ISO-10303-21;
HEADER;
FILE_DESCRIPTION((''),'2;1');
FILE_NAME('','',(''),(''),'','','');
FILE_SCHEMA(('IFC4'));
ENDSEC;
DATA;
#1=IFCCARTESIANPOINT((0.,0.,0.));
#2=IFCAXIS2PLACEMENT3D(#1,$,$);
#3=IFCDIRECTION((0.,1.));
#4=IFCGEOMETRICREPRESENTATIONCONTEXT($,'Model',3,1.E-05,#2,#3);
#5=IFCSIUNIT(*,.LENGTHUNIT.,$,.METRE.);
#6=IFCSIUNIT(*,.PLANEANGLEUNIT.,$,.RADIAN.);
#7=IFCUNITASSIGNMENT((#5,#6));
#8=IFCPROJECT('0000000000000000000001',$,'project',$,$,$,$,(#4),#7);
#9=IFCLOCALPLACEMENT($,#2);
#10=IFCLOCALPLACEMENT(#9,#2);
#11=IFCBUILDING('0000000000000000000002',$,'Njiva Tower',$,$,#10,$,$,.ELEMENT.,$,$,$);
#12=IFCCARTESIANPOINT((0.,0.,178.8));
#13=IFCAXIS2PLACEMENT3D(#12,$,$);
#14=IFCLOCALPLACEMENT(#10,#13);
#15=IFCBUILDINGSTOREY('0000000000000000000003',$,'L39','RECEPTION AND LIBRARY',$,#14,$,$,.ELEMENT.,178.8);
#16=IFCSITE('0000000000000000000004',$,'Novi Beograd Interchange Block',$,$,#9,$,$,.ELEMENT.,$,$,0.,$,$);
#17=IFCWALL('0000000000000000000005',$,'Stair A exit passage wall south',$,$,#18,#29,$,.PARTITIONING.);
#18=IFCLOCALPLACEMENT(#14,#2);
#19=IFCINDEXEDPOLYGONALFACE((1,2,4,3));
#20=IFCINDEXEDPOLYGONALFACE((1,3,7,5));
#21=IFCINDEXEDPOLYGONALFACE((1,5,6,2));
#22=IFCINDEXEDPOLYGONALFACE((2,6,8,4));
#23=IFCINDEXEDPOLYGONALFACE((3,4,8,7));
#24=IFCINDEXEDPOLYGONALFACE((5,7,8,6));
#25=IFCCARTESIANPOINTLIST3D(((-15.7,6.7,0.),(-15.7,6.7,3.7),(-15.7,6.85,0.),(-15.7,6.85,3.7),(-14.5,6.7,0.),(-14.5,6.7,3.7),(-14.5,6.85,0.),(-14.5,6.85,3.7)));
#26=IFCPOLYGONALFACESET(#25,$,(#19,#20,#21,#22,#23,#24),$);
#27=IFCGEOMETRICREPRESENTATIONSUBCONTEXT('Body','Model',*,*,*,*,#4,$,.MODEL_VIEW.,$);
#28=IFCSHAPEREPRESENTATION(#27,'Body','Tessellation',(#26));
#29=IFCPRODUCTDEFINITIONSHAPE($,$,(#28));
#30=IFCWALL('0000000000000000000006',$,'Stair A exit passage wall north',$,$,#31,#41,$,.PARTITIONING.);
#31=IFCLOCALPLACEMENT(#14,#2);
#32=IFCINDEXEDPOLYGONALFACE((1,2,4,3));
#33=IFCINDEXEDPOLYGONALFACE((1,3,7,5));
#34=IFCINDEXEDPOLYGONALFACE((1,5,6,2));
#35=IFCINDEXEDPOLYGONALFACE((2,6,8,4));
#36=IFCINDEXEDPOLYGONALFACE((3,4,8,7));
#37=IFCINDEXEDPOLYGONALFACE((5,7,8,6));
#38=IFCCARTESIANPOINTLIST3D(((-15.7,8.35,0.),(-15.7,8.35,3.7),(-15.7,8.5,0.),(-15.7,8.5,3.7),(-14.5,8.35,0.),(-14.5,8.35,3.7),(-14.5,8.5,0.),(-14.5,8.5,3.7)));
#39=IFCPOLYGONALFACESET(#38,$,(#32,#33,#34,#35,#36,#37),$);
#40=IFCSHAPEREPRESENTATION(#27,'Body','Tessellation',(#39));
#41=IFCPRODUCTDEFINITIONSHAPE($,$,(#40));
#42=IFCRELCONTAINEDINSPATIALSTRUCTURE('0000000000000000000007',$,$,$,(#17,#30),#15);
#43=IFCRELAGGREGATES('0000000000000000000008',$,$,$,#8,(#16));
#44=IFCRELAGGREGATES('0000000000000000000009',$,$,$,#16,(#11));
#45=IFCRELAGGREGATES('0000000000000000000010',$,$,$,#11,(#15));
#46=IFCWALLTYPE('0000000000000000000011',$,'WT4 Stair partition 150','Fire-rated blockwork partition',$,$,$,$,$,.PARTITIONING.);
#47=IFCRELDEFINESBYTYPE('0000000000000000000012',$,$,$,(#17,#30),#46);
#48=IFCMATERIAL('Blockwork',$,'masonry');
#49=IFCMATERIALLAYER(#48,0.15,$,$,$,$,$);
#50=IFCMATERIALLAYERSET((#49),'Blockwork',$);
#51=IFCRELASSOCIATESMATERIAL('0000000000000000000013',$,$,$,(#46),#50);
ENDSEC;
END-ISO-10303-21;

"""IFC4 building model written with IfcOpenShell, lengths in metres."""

from ifc_helpers import new_model, si_unit, direction, frame, frame_2d, origin, place, context, subcontext, project, spatial, rectangle, extrude, material, layer, layer_set, type_object, element, save


model = new_model("IFC4")

# Units and contexts
model_context = context("Model", 3, precision=1e-05, world=origin(), true_north=direction((0.0, 1.0)))
body_context = subcontext(model_context, "Body", "Model", "MODEL_VIEW")
ifc_project = project(units=[si_unit("LENGTHUNIT", "METRE"), si_unit("PLANEANGLEUNIT", "RADIAN")], contexts=[model_context])

# Site, building, storey
site_placement = place(None, origin())
site = spatial("IfcSite", under=ifc_project, at=site_placement, Name="Novi Beograd Interchange Block", CompositionType="ELEMENT", RefElevation=0.0)
building_placement = place(site_placement, origin())
building = spatial("IfcBuilding", under=site, at=building_placement, Name="Njiva Tower", CompositionType="ELEMENT")
storey_placement = place(building_placement, frame((0.0, 0.0, 178.8)))
storey = spatial("IfcBuildingStorey", under=building, at=storey_placement, Name="L39", Description="RECEPTION AND LIBRARY", CompositionType="ELEMENT", Elevation=178.8)

# Shared definitions
ifc_material_1 = material(Name="Blockwork", Category="masonry")

# Walls
ifc_layer_1 = layer(ifc_material_1, 0.15)
ifc_layer_set_1 = layer_set([ifc_layer_1], Name="Blockwork")
wall_type_1 = type_object("IfcWallType", Name="WT4 Stair partition 150", Description="Fire-rated blockwork partition", PredefinedType="PARTITIONING", material=ifc_layer_set_1)
for number, where, z_axis, x_axis, name in (
    (1, (-15.7, 6.775, 0.0), (0.0, 0.0, 1.0), (1.0, 0.0, 0.0), "Stair A exit passage wall south"),
    (2, (-15.7, 8.425, 0.0), (0.0, 0.0, 1.0), (1.0, 0.0, 0.0), "Stair A exit passage wall north"),
):
    element("IfcWall", number, at=place(storey_placement, frame(where, z_axis=z_axis, x_axis=x_axis)), inside=storey, type_object=wall_type_1, Name=name, PredefinedType="PARTITIONING", context=body_context, shape_type="SweptSolid", body=[
        extrude(rectangle(XDim=1.2, YDim=0.15, at=frame_2d((0.6, 0.0))), origin(), (0.0, 0.0, 1.0), 3.7),
    ])

save(model, "model.ifc")
